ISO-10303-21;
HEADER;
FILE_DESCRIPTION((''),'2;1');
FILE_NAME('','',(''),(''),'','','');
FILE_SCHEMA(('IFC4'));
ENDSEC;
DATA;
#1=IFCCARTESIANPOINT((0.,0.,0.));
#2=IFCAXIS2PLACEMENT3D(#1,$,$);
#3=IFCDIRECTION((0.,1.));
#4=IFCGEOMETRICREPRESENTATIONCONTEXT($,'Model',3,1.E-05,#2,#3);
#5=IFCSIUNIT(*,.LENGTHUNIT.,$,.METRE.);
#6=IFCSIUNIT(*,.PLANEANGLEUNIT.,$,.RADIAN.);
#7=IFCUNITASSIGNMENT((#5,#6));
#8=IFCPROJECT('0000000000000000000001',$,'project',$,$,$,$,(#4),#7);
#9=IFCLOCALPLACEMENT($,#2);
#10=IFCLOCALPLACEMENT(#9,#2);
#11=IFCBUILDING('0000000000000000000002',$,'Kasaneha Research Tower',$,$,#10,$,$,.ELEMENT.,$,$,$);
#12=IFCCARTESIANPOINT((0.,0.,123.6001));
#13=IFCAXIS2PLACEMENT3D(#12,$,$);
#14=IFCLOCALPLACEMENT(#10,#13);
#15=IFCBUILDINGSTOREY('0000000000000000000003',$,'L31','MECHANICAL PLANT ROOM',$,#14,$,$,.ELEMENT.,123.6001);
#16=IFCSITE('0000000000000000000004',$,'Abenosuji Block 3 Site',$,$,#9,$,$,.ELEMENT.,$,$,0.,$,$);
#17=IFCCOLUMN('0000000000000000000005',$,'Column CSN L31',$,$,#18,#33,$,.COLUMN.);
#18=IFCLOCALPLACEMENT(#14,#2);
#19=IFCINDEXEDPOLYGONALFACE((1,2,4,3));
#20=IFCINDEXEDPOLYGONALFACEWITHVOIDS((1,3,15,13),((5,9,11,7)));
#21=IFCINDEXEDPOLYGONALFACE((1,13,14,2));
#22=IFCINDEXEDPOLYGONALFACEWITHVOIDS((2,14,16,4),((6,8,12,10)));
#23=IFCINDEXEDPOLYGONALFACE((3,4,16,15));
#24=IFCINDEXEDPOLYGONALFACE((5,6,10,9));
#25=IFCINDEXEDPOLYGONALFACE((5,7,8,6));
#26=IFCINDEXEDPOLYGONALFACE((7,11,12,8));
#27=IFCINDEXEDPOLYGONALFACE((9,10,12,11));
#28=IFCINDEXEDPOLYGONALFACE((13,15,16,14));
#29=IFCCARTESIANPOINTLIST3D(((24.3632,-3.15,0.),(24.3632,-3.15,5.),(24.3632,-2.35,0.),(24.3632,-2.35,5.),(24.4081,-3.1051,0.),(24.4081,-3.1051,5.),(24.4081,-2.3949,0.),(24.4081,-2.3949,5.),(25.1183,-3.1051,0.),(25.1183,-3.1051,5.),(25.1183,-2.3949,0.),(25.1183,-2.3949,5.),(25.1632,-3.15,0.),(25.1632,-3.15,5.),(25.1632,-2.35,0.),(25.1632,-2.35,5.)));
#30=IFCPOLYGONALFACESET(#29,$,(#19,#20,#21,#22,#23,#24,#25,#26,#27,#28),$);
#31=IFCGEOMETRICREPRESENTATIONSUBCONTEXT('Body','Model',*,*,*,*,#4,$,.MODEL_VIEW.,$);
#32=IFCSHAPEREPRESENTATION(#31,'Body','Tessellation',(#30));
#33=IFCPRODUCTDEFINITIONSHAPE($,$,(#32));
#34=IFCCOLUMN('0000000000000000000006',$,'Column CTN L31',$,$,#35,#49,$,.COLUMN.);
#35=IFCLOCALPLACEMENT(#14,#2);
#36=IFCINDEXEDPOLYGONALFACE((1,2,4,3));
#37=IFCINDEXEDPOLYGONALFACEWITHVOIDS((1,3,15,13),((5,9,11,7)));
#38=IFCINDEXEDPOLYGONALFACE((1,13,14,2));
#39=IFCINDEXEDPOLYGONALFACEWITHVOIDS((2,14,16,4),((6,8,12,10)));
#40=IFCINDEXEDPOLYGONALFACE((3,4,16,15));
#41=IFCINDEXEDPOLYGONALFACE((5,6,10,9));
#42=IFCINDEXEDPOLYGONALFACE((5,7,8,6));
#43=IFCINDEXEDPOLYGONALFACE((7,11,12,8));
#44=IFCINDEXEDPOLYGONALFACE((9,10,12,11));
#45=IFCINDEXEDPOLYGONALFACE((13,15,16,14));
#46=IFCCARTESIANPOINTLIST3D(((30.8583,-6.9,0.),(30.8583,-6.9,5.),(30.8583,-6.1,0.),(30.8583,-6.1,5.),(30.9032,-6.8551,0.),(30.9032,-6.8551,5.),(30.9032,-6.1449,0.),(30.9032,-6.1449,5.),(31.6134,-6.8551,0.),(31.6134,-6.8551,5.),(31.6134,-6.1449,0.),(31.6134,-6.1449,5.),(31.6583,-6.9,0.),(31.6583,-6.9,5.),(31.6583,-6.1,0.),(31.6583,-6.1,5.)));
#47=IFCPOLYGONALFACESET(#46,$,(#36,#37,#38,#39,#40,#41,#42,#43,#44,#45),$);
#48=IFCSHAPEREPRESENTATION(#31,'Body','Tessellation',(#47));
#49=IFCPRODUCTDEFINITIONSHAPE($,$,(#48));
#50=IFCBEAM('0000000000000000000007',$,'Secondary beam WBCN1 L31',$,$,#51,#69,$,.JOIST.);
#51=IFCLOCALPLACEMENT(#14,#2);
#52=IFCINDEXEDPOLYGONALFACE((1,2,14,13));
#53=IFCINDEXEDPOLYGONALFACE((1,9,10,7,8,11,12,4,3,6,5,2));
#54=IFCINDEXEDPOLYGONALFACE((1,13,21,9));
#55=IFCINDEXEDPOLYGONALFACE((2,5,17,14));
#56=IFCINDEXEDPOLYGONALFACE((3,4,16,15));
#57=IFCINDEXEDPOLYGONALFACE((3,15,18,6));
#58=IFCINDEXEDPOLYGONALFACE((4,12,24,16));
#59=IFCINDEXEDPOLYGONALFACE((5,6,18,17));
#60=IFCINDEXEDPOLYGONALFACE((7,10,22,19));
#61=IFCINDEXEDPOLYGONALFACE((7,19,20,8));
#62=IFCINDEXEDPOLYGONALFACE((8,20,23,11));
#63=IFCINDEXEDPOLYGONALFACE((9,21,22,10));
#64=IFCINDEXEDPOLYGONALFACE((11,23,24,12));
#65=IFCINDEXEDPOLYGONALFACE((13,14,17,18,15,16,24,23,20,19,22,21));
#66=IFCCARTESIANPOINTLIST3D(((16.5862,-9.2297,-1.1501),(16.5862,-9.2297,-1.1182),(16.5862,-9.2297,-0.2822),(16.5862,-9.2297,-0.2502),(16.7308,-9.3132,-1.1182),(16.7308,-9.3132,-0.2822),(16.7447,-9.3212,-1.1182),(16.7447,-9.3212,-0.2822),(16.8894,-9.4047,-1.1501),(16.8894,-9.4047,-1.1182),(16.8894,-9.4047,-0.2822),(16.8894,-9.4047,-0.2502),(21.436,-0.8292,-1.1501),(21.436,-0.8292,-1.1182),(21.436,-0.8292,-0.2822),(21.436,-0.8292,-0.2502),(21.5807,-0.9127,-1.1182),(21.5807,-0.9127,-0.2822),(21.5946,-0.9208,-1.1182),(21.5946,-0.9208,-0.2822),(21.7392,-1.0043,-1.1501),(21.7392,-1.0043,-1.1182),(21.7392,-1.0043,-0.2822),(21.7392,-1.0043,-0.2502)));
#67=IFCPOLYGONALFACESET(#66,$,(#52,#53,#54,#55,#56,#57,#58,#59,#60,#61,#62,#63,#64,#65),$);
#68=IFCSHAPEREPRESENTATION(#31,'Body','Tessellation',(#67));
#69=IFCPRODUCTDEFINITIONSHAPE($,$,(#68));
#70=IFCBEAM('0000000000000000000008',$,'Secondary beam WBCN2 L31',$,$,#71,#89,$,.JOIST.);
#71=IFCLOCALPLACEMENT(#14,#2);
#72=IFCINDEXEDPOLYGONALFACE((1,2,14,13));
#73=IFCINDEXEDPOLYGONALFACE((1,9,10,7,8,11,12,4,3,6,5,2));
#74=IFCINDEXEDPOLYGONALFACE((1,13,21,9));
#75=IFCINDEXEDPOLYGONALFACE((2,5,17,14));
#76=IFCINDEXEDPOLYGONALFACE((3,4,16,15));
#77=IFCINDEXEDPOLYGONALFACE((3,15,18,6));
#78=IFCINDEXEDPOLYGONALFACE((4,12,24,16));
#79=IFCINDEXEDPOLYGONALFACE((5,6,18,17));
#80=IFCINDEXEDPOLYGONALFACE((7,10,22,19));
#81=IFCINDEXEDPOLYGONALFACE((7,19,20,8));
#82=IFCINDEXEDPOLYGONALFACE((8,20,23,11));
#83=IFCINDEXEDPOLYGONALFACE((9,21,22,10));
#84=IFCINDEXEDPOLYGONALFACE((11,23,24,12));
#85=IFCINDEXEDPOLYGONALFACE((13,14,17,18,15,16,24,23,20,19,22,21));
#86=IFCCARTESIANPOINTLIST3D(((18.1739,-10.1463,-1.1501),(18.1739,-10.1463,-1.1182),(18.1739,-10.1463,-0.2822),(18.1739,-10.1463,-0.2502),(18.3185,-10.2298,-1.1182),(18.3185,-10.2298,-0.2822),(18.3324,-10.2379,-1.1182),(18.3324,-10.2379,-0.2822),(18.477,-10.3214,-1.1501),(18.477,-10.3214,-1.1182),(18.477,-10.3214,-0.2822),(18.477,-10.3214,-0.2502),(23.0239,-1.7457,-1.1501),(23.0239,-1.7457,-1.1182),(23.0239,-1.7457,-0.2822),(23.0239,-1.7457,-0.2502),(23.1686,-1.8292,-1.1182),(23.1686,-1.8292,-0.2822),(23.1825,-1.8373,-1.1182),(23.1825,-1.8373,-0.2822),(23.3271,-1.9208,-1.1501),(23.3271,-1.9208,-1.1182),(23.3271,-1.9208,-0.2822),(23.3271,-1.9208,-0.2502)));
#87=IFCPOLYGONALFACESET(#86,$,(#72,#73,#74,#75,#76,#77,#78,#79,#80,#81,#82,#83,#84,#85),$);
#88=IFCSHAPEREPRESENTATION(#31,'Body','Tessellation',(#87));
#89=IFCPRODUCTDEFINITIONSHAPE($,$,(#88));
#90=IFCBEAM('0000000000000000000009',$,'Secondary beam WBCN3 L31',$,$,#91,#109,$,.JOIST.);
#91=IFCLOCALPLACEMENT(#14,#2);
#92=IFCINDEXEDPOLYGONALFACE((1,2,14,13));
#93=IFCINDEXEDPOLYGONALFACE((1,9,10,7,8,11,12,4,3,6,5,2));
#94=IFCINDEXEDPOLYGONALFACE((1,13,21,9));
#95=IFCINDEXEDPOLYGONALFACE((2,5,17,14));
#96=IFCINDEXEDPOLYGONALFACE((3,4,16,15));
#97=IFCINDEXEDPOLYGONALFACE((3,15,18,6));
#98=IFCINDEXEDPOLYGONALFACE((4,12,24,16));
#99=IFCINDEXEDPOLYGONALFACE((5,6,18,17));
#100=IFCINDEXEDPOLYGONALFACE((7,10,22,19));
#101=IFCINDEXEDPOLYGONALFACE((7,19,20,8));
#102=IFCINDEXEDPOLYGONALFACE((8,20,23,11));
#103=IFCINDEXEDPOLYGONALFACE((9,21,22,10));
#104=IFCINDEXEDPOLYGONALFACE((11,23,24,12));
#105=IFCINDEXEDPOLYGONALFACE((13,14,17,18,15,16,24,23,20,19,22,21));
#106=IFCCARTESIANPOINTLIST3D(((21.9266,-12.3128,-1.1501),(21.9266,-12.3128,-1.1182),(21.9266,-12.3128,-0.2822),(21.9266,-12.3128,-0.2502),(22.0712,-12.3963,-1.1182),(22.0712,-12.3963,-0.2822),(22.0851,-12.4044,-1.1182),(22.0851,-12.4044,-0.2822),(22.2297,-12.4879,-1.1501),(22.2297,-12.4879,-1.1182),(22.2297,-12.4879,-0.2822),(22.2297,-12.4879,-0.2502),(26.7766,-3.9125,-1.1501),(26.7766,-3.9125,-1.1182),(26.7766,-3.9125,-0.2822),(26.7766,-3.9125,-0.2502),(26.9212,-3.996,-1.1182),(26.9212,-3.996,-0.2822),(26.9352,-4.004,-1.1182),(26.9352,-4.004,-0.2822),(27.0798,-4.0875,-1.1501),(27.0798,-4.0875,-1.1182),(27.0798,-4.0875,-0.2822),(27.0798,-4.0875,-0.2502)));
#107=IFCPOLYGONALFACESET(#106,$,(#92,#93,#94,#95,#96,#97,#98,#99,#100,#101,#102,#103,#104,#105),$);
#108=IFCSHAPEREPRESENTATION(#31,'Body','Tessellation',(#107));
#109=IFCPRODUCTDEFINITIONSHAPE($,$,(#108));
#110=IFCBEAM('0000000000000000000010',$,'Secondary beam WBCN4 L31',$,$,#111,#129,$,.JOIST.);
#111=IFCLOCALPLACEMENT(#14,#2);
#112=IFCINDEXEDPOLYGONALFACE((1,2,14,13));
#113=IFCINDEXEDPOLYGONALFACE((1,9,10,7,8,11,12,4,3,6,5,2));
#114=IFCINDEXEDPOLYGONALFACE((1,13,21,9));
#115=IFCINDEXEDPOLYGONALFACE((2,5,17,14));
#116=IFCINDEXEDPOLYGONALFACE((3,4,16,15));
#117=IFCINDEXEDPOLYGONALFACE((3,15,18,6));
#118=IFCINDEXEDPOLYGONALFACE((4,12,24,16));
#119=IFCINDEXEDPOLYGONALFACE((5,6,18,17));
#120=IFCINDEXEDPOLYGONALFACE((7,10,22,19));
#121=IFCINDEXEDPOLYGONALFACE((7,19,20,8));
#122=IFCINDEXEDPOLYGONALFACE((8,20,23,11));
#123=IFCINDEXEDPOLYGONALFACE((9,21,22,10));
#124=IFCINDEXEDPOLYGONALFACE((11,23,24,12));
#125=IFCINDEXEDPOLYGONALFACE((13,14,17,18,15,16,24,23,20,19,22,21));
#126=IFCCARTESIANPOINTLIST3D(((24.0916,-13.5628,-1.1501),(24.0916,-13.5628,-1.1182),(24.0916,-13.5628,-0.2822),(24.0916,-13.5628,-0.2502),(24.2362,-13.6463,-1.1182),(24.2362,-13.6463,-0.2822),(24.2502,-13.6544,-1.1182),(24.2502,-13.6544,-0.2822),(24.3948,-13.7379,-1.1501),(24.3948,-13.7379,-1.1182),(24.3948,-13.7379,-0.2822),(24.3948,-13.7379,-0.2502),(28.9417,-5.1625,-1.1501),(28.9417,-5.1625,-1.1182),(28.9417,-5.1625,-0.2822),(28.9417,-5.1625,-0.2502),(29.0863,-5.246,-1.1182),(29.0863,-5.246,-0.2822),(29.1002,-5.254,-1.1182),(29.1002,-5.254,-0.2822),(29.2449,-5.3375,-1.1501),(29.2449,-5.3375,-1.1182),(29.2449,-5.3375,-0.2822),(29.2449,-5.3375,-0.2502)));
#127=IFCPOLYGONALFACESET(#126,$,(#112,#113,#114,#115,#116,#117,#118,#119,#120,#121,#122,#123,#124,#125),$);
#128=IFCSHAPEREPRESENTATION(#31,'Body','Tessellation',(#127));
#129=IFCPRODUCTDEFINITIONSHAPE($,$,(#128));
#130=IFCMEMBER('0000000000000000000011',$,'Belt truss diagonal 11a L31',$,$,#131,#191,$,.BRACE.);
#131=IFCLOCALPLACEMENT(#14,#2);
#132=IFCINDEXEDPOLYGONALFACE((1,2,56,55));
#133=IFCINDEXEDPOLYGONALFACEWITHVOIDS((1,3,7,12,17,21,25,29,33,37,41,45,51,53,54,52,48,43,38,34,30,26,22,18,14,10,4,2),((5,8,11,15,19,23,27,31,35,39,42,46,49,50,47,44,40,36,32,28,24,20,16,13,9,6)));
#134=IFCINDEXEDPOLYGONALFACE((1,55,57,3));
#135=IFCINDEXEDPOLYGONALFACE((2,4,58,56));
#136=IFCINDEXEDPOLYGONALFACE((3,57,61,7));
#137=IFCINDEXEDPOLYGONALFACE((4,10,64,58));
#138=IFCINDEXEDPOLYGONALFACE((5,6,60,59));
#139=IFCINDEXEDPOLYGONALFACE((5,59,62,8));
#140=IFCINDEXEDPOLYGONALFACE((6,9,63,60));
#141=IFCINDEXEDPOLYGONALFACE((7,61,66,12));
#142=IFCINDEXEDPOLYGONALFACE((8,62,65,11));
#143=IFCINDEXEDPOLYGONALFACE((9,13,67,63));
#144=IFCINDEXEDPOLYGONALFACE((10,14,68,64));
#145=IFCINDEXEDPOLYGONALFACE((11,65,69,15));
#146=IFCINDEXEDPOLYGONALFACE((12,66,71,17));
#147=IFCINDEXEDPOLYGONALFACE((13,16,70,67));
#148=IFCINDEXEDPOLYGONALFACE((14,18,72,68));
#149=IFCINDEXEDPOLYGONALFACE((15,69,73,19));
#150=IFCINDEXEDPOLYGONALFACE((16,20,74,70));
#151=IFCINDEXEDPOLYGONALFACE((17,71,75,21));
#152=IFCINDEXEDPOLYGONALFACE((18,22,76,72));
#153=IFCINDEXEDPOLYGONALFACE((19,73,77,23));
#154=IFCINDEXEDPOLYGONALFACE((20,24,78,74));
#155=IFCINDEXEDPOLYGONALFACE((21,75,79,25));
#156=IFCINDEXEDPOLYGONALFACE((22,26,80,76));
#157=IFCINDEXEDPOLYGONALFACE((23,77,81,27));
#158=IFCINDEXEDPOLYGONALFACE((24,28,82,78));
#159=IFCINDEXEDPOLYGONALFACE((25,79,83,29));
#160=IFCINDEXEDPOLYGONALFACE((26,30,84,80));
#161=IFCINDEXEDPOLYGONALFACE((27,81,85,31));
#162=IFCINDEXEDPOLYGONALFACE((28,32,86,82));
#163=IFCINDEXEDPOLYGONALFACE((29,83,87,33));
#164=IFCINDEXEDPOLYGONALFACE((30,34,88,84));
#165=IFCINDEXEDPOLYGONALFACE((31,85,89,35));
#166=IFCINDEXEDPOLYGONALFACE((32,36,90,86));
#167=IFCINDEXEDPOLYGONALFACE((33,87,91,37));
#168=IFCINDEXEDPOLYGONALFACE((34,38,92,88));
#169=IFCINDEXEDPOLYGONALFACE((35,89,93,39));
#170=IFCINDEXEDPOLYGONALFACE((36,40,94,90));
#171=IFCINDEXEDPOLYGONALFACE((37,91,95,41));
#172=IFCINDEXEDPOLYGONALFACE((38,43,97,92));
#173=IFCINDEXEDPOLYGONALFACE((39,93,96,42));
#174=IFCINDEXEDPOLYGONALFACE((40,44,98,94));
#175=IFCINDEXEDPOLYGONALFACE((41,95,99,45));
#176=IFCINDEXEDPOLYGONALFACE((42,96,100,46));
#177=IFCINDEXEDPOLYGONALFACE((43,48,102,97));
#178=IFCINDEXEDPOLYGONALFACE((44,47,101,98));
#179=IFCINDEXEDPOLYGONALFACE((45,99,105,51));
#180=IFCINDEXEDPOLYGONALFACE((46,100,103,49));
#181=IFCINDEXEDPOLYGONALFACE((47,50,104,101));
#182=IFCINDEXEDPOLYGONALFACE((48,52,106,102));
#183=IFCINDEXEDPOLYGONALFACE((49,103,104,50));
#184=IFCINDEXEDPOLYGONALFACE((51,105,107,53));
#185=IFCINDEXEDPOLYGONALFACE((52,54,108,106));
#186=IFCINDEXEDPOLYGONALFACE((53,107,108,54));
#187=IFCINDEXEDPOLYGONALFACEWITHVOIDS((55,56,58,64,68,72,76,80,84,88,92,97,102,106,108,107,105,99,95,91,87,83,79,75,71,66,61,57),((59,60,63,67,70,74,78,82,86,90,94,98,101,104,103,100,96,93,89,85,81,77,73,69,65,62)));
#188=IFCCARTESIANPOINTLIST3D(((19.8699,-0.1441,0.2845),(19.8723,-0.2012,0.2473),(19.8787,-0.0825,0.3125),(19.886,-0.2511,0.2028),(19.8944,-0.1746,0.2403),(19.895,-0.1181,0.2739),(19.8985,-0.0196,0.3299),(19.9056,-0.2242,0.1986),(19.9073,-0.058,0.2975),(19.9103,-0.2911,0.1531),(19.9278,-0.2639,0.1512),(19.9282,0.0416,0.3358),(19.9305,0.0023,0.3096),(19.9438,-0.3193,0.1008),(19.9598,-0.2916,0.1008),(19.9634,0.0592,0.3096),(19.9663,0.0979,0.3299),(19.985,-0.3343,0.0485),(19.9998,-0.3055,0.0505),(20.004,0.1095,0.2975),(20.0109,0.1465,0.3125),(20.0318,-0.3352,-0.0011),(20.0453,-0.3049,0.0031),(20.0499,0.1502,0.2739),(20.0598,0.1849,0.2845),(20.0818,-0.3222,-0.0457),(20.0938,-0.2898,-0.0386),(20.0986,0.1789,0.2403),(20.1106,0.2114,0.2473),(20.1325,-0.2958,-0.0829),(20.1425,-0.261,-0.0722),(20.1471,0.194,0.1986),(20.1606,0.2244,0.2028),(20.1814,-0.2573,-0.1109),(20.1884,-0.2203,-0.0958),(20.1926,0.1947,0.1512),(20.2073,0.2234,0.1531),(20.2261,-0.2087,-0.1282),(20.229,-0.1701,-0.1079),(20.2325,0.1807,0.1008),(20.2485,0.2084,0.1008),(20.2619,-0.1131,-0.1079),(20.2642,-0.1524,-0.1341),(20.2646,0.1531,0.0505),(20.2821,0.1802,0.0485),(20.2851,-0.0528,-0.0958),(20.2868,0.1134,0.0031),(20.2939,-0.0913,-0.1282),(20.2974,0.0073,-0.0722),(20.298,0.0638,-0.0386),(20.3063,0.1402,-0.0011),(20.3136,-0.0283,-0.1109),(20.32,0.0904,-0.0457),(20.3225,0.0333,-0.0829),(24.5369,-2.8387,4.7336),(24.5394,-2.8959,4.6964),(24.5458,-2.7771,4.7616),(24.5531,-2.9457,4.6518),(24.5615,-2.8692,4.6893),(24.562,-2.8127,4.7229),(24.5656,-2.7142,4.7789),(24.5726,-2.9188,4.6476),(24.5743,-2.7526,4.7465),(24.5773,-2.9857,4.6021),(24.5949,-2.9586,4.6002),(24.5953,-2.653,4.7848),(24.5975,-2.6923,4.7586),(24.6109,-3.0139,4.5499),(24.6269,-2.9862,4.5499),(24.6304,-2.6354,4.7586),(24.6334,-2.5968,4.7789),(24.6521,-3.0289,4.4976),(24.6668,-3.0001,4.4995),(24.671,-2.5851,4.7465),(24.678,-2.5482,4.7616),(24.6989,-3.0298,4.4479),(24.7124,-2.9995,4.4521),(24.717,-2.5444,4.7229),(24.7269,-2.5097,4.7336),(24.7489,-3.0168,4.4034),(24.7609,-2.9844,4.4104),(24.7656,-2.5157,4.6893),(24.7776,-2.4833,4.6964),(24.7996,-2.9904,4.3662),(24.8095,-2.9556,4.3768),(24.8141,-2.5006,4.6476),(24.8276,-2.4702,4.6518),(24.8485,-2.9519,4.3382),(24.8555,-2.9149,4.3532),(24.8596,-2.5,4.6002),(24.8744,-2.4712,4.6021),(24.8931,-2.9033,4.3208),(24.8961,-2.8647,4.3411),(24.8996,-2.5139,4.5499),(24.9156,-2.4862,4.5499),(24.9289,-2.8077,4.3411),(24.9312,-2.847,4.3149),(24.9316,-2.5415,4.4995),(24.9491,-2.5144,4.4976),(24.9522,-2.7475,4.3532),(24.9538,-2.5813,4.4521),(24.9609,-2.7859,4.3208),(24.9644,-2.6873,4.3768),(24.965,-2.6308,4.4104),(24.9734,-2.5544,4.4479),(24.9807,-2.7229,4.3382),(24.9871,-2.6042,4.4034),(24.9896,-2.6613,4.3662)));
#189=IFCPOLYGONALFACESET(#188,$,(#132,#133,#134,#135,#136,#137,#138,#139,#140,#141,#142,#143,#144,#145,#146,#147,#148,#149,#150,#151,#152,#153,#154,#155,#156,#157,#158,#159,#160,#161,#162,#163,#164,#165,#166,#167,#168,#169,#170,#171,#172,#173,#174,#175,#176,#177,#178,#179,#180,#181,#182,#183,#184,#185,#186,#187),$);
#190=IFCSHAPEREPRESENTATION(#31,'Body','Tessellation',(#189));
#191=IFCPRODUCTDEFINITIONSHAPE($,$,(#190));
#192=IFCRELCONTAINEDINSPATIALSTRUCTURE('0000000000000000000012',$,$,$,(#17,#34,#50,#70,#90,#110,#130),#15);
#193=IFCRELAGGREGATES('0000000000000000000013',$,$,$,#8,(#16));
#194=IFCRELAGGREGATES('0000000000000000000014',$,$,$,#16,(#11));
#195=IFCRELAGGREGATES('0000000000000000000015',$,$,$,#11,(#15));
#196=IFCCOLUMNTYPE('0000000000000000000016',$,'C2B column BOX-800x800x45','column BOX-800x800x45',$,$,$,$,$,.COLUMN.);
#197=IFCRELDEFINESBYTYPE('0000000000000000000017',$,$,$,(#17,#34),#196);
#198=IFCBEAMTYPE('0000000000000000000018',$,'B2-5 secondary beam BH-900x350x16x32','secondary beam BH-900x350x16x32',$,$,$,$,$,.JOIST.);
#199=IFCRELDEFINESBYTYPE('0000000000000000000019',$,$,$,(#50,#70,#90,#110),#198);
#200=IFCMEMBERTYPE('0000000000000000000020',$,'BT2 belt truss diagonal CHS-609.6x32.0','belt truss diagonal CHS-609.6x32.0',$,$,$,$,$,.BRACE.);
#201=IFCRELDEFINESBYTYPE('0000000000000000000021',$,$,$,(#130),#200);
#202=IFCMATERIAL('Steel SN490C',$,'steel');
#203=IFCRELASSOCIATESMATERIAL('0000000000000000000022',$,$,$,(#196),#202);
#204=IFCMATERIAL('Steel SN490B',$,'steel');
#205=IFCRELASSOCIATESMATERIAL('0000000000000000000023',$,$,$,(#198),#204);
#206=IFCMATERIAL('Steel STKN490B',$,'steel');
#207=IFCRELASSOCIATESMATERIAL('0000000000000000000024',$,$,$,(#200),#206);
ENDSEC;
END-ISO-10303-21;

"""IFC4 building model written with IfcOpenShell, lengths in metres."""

from ifc_helpers import new_model, si_unit, direction, frame, origin, origin_2d, place, context, subcontext, project, spatial, hollow_rectangle, hollow_circle, i_section, extrude, material, material_profile, profile_set, type_object, element, save


model = new_model("IFC4")

# Units and contexts
model_context = context("Model", 3, precision=1e-05, world=origin(), true_north=direction((0.0, 1.0)))
body_context = subcontext(model_context, "Body", "Model", "MODEL_VIEW")
ifc_project = project(units=[si_unit("LENGTHUNIT", "METRE"), si_unit("PLANEANGLEUNIT", "RADIAN")], contexts=[model_context])

# Site, building, storey
site_placement = place(None, origin())
site = spatial("IfcSite", under=ifc_project, at=site_placement, Name="Abenosuji Block 3 Site", CompositionType="ELEMENT", RefElevation=0.0)
building_placement = place(site_placement, origin())
building = spatial("IfcBuilding", under=site, at=building_placement, Name="Kasaneha Research Tower", CompositionType="ELEMENT")
storey_placement = place(building_placement, frame((0.0, 0.0, 123.6001)))
storey = spatial("IfcBuildingStorey", under=building, at=storey_placement, Name="L31", Description="MECHANICAL PLANT ROOM", CompositionType="ELEMENT", Elevation=123.6001)

# Columns
ifc_material_1 = material(Name="Steel SN490C", Category="steel")
ifc_material_profile_1 = material_profile(ifc_material_1, hollow_rectangle(XDim=0.8, YDim=0.8, WallThickness=0.0449, at=origin_2d()), Name="BOX-800x800x45")
ifc_profile_set_1 = profile_set([ifc_material_profile_1], Name="Steel SN490C")
column_type = type_object("IfcColumnType", Name="C2B column BOX-800x800x45", Description="column BOX-800x800x45", PredefinedType="COLUMN", material=ifc_profile_set_1)
for number, where, z_axis, x_axis, name in (
    (1, (24.7632, -2.75, 0.0), (0.0, 0.0, 1.0), (1.0, 0.0, 0.0), "Column CSN L31"),
    (2, (31.2583, -6.5, 0.0), (0.0, 0.0, 1.0), (1.0, 0.0, 0.0), "Column CTN L31"),
):
    element("IfcColumn", number, at=place(storey_placement, frame(where, z_axis=z_axis, x_axis=x_axis)), inside=storey, type_object=column_type, Name=name, PredefinedType="COLUMN", context=body_context, shape_type="SweptSolid", body=[
        extrude(hollow_rectangle(XDim=0.8, YDim=0.8, WallThickness=0.0449, at=origin_2d()), origin(), (0.0, 0.0, 1.0), 5.0),
    ])

# Beams
ifc_material_2 = material(Name="Steel SN490B", Category="steel")
ifc_material_profile_2 = material_profile(ifc_material_2, i_section(OverallWidth=0.3501, OverallDepth=0.8999, WebThickness=0.0161, FlangeThickness=0.032, at=origin_2d()), Name="BH-900x350x16x32")
ifc_profile_set_2 = profile_set([ifc_material_profile_2], Name="Steel SN490B")
beam_type_1 = type_object("IfcBeamType", Name="B2-5 secondary beam BH-900x350x16x32", Description="secondary beam BH-900x350x16x32", PredefinedType="JOIST", material=ifc_profile_set_2)
beam_1_placement = place(storey_placement, frame((21.5876, -0.9167, -0.7002), z_axis=(-0.499991, -0.866031, 0.0), x_axis=(0.866031, -0.499991, 0.0)))
element("IfcBeam", 3, at=beam_1_placement, inside=storey, type_object=beam_type_1, Name="Secondary beam WBCN1 L31", PredefinedType="JOIST", context=body_context, shape_type="SweptSolid", body=[
    extrude(i_section(OverallWidth=0.3501, OverallDepth=0.8999, WebThickness=0.0161, FlangeThickness=0.032, at=origin_2d()), origin(), (0.0, 0.0, 1.0), 9.7),
])
beam_2_placement = place(storey_placement, frame((23.1755, -1.8333, -0.7002), z_axis=(-0.499999, -0.866026, 0.0), x_axis=(0.866026, -0.499999, 0.0)))
element("IfcBeam", 4, at=beam_2_placement, inside=storey, type_object=beam_type_1, Name="Secondary beam WBCN2 L31", PredefinedType="JOIST", context=body_context, shape_type="SweptSolid", body=[
    extrude(i_section(OverallWidth=0.3501, OverallDepth=0.8999, WebThickness=0.0161, FlangeThickness=0.032, at=origin_2d()), origin(), (0.0, 0.0, 1.0), 9.7002),
])
for number, where, z_axis, x_axis, name in (
    (5, (26.9282, -4.0, -0.7002), (-0.50001, -0.86602, 0.0), (0.86602, -0.50001, 0.0), "Secondary beam WBCN3 L31"),
    (6, (29.0933, -5.25, -0.7002), (-0.50001, -0.86602, 0.0), (0.86602, -0.50001, 0.0), "Secondary beam WBCN4 L31"),
):
    element("IfcBeam", number, at=place(storey_placement, frame(where, z_axis=z_axis, x_axis=x_axis)), inside=storey, type_object=beam_type_1, Name=name, PredefinedType="JOIST", context=body_context, shape_type="SweptSolid", body=[
        extrude(i_section(OverallWidth=0.3501, OverallDepth=0.8999, WebThickness=0.0161, FlangeThickness=0.032, at=origin_2d()), origin(), (0.0, 0.0, 1.0), 9.7),
    ])

# Member
ifc_material_3 = material(Name="Steel STKN490B", Category="steel")
ifc_material_profile_3 = material_profile(ifc_material_3, hollow_circle(Radius=0.3047, WallThickness=0.032, at=origin_2d()), Name="CHS-609.6x32.0")
ifc_profile_set_3 = profile_set([ifc_material_profile_3], Name="Steel STKN490B")
member_type = type_object("IfcMemberType", Name="BT2 belt truss diagonal CHS-609.6x32.0", Description="belt truss diagonal CHS-609.6x32.0", PredefinedType="BRACE", material=ifc_profile_set_3)
for number, where, z_axis, x_axis, name in (
    (7, (20.0962, -0.0554, 0.1008), (0.667839, -0.38559, 0.636641), (0.500013, 0.866018, 0.0), "Belt truss diagonal 11a L31"),
):
    element("IfcMember", number, at=place(storey_placement, frame(where, z_axis=z_axis, x_axis=x_axis)), inside=storey, type_object=member_type, Name=name, PredefinedType="BRACE", context=body_context, shape_type="SweptSolid", body=[
        extrude(hollow_circle(Radius=0.3047, WallThickness=0.032, at=origin_2d()), origin(), (0.0, 0.0, 1.0), 6.9883),
    ])

save(model, "model.ifc")
